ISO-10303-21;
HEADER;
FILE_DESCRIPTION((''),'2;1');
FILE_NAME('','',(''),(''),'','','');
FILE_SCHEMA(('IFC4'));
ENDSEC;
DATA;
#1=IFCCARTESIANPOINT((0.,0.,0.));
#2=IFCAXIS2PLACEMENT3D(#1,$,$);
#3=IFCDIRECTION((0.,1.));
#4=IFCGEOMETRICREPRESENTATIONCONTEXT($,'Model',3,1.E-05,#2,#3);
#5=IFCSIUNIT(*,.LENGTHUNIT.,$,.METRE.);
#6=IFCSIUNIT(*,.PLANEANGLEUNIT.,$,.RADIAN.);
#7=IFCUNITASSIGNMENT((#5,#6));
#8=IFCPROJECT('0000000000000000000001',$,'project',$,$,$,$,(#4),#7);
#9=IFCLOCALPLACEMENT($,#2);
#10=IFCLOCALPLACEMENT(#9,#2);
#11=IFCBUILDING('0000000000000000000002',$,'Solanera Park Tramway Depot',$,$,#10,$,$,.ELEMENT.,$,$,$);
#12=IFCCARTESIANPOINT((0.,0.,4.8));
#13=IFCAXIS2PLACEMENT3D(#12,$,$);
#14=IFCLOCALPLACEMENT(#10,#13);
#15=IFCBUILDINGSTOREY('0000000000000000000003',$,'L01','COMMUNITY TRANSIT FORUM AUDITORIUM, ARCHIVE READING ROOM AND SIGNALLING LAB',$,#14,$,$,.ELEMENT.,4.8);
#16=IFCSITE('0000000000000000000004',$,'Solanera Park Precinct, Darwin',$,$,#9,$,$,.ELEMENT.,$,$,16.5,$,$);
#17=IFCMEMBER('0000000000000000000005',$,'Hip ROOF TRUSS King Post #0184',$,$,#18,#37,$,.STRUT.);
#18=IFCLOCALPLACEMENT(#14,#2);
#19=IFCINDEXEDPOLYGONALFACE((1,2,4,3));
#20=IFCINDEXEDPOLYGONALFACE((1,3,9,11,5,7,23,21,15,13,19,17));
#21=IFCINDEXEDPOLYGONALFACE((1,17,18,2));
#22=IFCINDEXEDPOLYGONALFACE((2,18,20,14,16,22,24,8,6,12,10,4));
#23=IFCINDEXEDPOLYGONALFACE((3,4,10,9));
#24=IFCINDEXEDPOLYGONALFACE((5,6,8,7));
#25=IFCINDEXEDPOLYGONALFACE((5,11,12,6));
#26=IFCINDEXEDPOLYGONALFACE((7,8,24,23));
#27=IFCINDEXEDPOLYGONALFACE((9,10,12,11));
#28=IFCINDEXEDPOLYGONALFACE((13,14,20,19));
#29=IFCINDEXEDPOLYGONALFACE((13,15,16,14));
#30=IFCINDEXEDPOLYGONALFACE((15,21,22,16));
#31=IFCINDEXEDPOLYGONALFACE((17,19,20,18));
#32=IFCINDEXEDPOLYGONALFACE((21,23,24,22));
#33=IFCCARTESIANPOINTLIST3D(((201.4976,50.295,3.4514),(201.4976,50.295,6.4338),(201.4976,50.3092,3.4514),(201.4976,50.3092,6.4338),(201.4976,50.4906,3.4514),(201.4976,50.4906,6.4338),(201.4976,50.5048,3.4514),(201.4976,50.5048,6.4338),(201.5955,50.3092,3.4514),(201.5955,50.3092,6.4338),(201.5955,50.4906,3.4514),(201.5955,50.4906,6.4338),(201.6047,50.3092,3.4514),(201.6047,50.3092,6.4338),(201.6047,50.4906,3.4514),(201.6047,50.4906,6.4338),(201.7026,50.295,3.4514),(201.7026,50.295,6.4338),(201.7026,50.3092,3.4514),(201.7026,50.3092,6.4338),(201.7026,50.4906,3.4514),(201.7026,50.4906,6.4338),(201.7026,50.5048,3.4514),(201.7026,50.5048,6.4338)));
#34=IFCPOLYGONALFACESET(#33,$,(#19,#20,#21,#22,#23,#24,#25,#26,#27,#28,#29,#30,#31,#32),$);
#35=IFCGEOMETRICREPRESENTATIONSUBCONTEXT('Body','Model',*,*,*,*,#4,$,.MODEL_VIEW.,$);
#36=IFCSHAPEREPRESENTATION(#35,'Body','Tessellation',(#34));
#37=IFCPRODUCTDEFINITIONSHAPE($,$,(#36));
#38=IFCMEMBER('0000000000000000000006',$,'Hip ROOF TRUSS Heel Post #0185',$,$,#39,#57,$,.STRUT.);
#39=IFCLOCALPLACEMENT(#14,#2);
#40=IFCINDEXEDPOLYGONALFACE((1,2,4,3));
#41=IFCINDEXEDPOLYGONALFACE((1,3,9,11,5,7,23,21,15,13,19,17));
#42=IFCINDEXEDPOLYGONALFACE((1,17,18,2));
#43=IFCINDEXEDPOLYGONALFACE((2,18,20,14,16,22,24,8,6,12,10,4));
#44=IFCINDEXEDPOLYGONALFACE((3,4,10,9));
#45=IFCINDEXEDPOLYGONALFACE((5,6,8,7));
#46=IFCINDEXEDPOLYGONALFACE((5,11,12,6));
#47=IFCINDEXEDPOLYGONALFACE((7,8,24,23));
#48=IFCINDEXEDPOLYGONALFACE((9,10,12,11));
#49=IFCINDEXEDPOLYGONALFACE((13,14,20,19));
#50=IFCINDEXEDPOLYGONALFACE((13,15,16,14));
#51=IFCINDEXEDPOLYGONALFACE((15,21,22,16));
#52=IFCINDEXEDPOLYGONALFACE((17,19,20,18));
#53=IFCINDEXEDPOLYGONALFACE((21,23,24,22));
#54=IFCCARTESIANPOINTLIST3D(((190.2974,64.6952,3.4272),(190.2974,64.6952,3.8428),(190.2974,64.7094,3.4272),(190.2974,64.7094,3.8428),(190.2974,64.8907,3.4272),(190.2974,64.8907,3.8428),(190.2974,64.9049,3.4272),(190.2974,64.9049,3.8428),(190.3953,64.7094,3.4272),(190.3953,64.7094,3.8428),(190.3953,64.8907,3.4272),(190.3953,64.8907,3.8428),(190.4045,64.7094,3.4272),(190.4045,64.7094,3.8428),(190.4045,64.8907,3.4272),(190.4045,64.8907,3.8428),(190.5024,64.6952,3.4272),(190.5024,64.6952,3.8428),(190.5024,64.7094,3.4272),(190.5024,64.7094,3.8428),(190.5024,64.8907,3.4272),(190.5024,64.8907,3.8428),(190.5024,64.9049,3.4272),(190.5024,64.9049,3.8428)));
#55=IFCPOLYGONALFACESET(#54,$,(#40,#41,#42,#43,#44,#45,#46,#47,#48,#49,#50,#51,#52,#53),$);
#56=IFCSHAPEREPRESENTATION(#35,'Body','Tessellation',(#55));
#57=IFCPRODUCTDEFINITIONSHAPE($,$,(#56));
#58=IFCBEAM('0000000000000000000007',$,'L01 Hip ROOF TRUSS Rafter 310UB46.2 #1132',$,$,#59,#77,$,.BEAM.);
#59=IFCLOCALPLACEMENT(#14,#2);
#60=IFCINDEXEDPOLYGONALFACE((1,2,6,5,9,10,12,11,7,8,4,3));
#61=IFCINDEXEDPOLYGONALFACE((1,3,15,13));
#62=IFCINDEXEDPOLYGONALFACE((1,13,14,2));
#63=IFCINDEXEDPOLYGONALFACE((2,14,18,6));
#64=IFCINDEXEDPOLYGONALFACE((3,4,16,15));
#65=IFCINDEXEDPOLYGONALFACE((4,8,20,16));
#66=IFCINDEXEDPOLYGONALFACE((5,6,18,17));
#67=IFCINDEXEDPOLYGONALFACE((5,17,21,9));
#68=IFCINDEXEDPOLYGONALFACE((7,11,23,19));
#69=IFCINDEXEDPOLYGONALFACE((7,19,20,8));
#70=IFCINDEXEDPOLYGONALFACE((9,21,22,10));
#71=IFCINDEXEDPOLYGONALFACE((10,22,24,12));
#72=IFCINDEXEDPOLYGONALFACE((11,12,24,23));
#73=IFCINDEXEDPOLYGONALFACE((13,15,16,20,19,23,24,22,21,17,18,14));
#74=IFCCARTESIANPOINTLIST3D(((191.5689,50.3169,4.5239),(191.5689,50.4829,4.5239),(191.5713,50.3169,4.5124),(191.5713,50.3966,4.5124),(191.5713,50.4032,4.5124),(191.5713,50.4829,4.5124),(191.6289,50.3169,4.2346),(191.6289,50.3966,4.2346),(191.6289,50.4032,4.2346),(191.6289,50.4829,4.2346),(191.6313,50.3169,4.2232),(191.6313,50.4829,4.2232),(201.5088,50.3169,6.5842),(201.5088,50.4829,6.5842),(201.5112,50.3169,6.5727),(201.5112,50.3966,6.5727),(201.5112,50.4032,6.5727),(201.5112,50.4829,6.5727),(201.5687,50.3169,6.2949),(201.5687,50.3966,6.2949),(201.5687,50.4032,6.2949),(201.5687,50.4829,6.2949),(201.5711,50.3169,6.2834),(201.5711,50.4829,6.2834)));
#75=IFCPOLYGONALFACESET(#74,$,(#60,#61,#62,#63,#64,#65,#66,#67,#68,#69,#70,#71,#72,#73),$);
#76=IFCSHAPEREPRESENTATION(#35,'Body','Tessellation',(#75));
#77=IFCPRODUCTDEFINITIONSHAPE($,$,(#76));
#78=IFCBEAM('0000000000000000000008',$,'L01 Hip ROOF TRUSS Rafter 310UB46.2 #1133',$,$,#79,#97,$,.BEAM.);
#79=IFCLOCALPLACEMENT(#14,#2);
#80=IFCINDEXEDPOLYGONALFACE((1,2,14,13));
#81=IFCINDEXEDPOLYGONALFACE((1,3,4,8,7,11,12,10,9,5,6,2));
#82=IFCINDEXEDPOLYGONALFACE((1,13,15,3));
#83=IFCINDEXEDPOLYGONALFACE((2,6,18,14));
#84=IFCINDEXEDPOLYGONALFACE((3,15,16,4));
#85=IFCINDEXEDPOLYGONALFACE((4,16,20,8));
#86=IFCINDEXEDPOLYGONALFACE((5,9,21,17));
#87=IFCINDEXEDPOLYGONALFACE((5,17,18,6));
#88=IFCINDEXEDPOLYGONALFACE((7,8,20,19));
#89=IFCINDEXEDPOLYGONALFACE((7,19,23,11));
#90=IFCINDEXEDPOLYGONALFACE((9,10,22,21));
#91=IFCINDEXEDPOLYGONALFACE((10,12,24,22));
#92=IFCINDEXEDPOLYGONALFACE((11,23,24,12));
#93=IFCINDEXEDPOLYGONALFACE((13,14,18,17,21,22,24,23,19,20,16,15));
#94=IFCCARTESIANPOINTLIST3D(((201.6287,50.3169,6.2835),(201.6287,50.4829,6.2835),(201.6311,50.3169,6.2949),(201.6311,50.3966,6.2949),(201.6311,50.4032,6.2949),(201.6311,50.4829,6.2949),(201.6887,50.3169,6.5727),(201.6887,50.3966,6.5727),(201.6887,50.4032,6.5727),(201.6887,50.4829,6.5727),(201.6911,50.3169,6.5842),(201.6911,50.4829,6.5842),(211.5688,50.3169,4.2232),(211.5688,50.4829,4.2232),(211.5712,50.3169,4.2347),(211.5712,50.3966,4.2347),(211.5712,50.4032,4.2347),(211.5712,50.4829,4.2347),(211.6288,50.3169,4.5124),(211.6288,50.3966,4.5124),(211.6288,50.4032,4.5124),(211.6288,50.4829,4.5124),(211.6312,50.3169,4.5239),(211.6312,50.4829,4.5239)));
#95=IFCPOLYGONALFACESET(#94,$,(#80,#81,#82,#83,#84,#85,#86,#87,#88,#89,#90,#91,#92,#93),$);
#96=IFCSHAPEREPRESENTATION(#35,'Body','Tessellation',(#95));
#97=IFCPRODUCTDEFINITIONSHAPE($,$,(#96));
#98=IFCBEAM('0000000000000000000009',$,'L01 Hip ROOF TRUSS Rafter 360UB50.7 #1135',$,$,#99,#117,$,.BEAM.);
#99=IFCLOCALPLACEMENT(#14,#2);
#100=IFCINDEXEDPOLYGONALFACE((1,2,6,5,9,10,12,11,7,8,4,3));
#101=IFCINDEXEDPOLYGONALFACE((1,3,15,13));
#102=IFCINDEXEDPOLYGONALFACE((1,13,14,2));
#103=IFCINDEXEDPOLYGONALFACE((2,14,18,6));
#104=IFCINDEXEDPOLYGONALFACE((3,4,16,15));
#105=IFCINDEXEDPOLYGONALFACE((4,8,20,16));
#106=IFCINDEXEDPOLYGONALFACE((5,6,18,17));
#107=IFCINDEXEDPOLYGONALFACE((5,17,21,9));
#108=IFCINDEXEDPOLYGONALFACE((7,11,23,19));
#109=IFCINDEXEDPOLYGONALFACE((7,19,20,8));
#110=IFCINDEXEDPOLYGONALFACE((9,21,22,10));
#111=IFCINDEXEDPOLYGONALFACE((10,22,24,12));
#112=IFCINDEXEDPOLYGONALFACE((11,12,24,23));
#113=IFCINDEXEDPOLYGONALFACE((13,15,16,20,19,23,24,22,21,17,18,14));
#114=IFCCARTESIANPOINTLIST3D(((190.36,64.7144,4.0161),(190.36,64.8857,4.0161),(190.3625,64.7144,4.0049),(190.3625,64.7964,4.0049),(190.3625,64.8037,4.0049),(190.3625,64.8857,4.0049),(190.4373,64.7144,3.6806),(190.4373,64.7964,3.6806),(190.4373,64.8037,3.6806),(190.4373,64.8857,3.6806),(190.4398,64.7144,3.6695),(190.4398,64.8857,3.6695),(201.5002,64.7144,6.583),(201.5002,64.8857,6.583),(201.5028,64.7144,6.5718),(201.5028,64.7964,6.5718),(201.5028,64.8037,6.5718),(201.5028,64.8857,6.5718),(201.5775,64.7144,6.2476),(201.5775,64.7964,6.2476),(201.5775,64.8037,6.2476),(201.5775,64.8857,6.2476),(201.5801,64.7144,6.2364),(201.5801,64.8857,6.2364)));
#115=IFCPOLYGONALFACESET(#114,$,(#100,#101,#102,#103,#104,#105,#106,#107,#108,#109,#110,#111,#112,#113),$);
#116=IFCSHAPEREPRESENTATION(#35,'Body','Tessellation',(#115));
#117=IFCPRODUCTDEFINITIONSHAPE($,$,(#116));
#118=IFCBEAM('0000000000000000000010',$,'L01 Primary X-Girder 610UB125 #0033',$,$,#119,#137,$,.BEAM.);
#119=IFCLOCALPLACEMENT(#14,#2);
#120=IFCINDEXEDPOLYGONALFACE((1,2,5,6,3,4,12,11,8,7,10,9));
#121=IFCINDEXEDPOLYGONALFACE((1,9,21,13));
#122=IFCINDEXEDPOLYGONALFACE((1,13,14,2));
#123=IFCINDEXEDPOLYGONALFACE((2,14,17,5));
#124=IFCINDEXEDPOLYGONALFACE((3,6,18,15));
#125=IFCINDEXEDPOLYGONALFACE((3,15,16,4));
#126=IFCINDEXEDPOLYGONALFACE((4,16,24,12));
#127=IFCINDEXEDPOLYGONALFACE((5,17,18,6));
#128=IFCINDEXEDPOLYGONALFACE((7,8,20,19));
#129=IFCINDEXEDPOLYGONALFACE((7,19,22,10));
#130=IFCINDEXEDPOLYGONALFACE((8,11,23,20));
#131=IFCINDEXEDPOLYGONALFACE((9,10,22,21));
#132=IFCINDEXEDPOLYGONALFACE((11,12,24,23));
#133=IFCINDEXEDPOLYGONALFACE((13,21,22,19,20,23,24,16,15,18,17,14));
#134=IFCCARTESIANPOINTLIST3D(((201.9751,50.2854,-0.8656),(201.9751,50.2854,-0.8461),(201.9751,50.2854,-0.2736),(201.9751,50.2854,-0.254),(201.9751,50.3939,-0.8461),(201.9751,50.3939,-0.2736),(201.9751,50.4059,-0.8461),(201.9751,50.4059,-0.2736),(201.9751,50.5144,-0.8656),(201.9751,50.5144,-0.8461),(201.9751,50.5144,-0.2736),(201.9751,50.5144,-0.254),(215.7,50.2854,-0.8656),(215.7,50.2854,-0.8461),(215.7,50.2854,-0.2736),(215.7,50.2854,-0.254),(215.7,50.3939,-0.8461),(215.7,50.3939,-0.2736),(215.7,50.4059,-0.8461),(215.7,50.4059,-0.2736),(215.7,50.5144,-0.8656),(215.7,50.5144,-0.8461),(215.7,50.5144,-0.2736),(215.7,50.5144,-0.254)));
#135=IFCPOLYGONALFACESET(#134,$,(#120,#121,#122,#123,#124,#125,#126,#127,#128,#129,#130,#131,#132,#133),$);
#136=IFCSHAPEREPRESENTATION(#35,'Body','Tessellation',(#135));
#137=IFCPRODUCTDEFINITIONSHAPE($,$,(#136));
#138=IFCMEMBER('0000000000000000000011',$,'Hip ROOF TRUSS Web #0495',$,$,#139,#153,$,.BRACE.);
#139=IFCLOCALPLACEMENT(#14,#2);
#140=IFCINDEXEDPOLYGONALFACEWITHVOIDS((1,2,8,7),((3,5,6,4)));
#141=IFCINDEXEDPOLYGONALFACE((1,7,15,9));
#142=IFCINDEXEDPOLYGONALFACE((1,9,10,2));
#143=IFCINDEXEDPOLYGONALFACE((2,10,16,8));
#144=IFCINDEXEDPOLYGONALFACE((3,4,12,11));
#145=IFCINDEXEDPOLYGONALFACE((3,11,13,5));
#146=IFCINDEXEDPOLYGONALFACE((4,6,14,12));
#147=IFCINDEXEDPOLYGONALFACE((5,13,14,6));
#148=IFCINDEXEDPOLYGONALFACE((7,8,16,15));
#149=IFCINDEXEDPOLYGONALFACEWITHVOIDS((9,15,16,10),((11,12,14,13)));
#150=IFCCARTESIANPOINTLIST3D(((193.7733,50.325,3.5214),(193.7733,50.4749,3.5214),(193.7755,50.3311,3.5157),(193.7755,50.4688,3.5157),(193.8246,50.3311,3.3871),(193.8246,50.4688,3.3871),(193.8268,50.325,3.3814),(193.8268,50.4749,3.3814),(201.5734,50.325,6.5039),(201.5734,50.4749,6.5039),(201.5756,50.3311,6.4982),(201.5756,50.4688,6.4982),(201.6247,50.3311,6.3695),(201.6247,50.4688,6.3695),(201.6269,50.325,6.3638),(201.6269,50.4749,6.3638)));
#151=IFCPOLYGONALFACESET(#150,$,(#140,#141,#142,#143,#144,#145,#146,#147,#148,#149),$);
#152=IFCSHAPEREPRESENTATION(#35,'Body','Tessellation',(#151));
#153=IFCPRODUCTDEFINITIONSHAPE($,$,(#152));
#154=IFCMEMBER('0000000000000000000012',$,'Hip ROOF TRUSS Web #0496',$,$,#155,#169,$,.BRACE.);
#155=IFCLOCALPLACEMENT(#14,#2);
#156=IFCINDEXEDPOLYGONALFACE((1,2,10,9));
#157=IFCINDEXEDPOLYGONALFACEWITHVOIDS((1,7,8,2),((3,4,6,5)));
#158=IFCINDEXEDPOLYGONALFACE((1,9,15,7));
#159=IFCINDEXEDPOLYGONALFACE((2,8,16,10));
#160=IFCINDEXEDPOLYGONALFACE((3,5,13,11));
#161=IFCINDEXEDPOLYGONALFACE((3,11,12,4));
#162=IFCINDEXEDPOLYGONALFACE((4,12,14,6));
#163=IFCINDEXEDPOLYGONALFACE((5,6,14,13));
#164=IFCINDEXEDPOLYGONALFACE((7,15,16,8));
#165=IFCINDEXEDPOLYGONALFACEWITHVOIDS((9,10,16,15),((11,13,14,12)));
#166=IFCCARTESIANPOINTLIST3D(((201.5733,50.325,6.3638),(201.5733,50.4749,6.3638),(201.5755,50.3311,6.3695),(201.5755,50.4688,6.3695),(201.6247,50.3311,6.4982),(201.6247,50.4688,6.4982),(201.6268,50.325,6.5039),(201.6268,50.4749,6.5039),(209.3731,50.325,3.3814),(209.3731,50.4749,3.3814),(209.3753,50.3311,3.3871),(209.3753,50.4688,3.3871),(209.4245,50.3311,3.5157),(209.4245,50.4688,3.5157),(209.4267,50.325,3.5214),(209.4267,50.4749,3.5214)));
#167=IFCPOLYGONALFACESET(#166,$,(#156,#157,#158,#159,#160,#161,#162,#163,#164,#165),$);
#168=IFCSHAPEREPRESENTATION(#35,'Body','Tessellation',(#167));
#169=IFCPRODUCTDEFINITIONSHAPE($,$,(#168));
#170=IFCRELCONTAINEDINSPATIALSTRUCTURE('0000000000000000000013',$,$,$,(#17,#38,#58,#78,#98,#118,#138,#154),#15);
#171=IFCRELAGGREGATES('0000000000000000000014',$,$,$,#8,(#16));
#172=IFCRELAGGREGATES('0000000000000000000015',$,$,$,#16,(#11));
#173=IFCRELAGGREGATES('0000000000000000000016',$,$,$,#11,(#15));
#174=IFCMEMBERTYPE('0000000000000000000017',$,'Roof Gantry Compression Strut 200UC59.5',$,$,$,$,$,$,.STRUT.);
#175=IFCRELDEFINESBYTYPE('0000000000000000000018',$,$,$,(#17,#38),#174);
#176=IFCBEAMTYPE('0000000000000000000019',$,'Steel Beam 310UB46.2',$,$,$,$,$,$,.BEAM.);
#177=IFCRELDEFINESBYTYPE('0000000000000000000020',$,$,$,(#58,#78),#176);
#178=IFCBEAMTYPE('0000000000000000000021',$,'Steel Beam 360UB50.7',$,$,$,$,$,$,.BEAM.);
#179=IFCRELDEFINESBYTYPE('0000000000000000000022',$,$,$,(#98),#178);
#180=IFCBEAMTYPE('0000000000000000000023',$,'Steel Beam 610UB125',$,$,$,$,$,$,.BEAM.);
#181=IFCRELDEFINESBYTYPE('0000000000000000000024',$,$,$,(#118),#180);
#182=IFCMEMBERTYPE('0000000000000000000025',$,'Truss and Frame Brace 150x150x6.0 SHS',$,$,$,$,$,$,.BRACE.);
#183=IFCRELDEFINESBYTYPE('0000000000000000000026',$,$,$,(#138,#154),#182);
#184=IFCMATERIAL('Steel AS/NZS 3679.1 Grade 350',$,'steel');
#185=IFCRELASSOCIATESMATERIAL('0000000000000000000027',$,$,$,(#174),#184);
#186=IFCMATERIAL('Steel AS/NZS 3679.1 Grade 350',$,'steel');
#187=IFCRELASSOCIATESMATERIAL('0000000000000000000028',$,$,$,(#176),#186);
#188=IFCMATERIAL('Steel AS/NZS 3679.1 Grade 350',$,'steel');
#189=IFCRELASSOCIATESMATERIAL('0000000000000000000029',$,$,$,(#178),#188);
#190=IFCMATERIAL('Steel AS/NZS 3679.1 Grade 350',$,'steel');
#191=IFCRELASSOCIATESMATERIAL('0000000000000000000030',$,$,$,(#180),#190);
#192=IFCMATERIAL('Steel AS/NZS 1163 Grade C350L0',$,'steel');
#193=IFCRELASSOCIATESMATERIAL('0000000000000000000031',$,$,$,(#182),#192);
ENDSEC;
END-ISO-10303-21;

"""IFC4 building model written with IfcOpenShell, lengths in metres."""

from ifc_helpers import new_model, si_unit, direction, frame, origin, origin_2d, place, context, subcontext, project, spatial, hollow_rectangle, i_section, extrude, material, material_profile, profile_set, type_object, element, save


model = new_model("IFC4")

# Units and contexts
model_context = context("Model", 3, precision=1e-05, world=origin(), true_north=direction((0.0, 1.0)))
body_context = subcontext(model_context, "Body", "Model", "MODEL_VIEW")
ifc_project = project(units=[si_unit("LENGTHUNIT", "METRE"), si_unit("PLANEANGLEUNIT", "RADIAN")], contexts=[model_context])

# Site, building, storey
site_placement = place(None, origin())
site = spatial("IfcSite", under=ifc_project, at=site_placement, Name="Solanera Park Precinct, Darwin", CompositionType="ELEMENT", RefElevation=16.5)
building_placement = place(site_placement, origin())
building = spatial("IfcBuilding", under=site, at=building_placement, Name="Solanera Park Tramway Depot", CompositionType="ELEMENT")
storey_placement = place(building_placement, frame((0.0, 0.0, 4.8)))
storey = spatial("IfcBuildingStorey", under=building, at=storey_placement, Name="L01", Description="COMMUNITY TRANSIT FORUM AUDITORIUM, ARCHIVE READING ROOM AND SIGNALLING LAB", CompositionType="ELEMENT", Elevation=4.8)

# Members
ifc_material_1 = material(Name="Steel AS/NZS 3679.1 Grade 350", Category="steel")
ifc_material_profile_1 = material_profile(ifc_material_1, i_section(OverallWidth=0.2051, OverallDepth=0.2097, WebThickness=0.0093, FlangeThickness=0.0142, at=origin_2d()), Name="200UC59.5")
ifc_profile_set_1 = profile_set([ifc_material_profile_1], Name="Steel AS/NZS 3679.1 Grade 350")
member_type_1 = type_object("IfcMemberType", Name="Roof Gantry Compression Strut 200UC59.5", PredefinedType="STRUT", material=ifc_profile_set_1)
member_1_placement = place(storey_placement, frame((201.6001, 50.3999, 3.4514), z_axis=(0.0, 0.0, 1.0), x_axis=(1.0, 0.0, 0.0)))
element("IfcMember", 1, at=member_1_placement, inside=storey, type_object=member_type_1, Name="Hip ROOF TRUSS King Post #0184", PredefinedType="STRUT", context=body_context, shape_type="SweptSolid", body=[
    extrude(i_section(OverallWidth=0.2051, OverallDepth=0.2097, WebThickness=0.0093, FlangeThickness=0.0142, at=origin_2d()), origin(), (0.0, 0.0, 1.0), 2.9824),
])
member_2_placement = place(storey_placement, frame((190.3999, 64.8, 3.4272), z_axis=(0.0, 0.0, 1.0), x_axis=(1.0, 0.0, 0.0)))
element("IfcMember", 2, at=member_2_placement, inside=storey, type_object=member_type_1, Name="Hip ROOF TRUSS Heel Post #0185", PredefinedType="STRUT", context=body_context, shape_type="SweptSolid", body=[
    extrude(i_section(OverallWidth=0.2051, OverallDepth=0.2097, WebThickness=0.0093, FlangeThickness=0.0142, at=origin_2d()), origin(), (0.0, 0.0, 1.0), 0.4155),
])

# Beams
ifc_material_2 = material(Name="Steel AS/NZS 3679.1 Grade 350", Category="steel")
ifc_material_profile_2 = material_profile(ifc_material_2, i_section(OverallWidth=0.166, OverallDepth=0.3071, WebThickness=0.0066, FlangeThickness=0.0117, at=origin_2d()), Name="310UB46.2")
ifc_profile_set_2 = profile_set([ifc_material_profile_2], Name="Steel AS/NZS 3679.1 Grade 350")
beam_type_1 = type_object("IfcBeamType", Name="Steel Beam 310UB46.2", PredefinedType="BEAM", material=ifc_profile_set_2)
beam_1_placement = place(storey_placement, frame((191.6001, 50.3999, 4.3735), z_axis=(0.979187, 0.0, 0.202961), x_axis=(0.0, 1.0, 0.0)))
element("IfcBeam", 3, at=beam_1_placement, inside=storey, type_object=beam_type_1, Name="L01 Hip ROOF TRUSS Rafter 310UB46.2 #1132", PredefinedType="BEAM", context=body_context, shape_type="SweptSolid", body=[
    extrude(i_section(OverallWidth=0.166, OverallDepth=0.3071, WebThickness=0.0066, FlangeThickness=0.0117, at=origin_2d()), origin(), (0.0, 0.0, 1.0), 10.1511),
])
beam_2_placement = place(storey_placement, frame((201.6599, 50.3999, 6.4338), z_axis=(0.979188, 0.0, -0.202956), x_axis=(0.0, 1.0, 0.0)))
element("IfcBeam", 4, at=beam_2_placement, inside=storey, type_object=beam_type_1, Name="L01 Hip ROOF TRUSS Rafter 310UB46.2 #1133", PredefinedType="BEAM", context=body_context, shape_type="SweptSolid", body=[
    extrude(i_section(OverallWidth=0.166, OverallDepth=0.3071, WebThickness=0.0066, FlangeThickness=0.0117, at=origin_2d()), origin(), (0.0, 0.0, 1.0), 10.1514),
])
ifc_material_3 = material(Name="Steel AS/NZS 3679.1 Grade 350", Category="steel")
ifc_material_profile_3 = material_profile(ifc_material_3, i_section(OverallWidth=0.1714, OverallDepth=0.3557, WebThickness=0.0073, FlangeThickness=0.0115, at=origin_2d()), Name="360UB50.7")
ifc_profile_set_3 = profile_set([ifc_material_profile_3], Name="Steel AS/NZS 3679.1 Grade 350")
beam_type_2 = type_object("IfcBeamType", Name="Steel Beam 360UB50.7", PredefinedType="BEAM", material=ifc_profile_set_3)
beam_3_placement = place(storey_placement, frame((190.3999, 64.8, 3.8428), z_axis=(0.974466, 0.0, 0.224535), x_axis=(0.0, 1.0, 0.0)))
element("IfcBeam", 5, at=beam_3_placement, inside=storey, type_object=beam_type_2, Name="L01 Hip ROOF TRUSS Rafter 360UB50.7 #1135", PredefinedType="BEAM", context=body_context, shape_type="SweptSolid", body=[
    extrude(i_section(OverallWidth=0.1714, OverallDepth=0.3557, WebThickness=0.0073, FlangeThickness=0.0115, at=origin_2d()), origin(), (0.0, 0.0, 1.0), 11.4321),
])
ifc_material_4 = material(Name="Steel AS/NZS 3679.1 Grade 350", Category="steel")
ifc_material_profile_4 = material_profile(ifc_material_4, i_section(OverallWidth=0.229, OverallDepth=0.6116, WebThickness=0.012, FlangeThickness=0.0195, at=origin_2d()), Name="610UB125")
ifc_profile_set_4 = profile_set([ifc_material_profile_4], Name="Steel AS/NZS 3679.1 Grade 350")
beam_type_3 = type_object("IfcBeamType", Name="Steel Beam 610UB125", PredefinedType="BEAM", material=ifc_profile_set_4)
beam_4_placement = place(storey_placement, frame((201.9751, 50.3999, -0.5598), z_axis=(1.0, 0.0, 0.0), x_axis=(0.0, 1.0, 0.0)))
element("IfcBeam", 6, at=beam_4_placement, inside=storey, type_object=beam_type_3, Name="L01 Primary X-Girder 610UB125 #0033", PredefinedType="BEAM", context=body_context, shape_type="SweptSolid", body=[
    extrude(i_section(OverallWidth=0.229, OverallDepth=0.6116, WebThickness=0.012, FlangeThickness=0.0195, at=origin_2d()), origin(), (0.0, 0.0, 1.0), 13.7249),
])

# Members
ifc_material_5 = material(Name="Steel AS/NZS 1163 Grade C350L0", Category="steel")
ifc_material_profile_5 = material_profile(ifc_material_5, hollow_rectangle(XDim=0.1499, YDim=0.1499, WallThickness=0.0061, at=origin_2d()), Name="150x150x6.0 SHS")
ifc_profile_set_5 = profile_set([ifc_material_profile_5], Name="Steel AS/NZS 1163 Grade C350L0")
member_type_2 = type_object("IfcMemberType", Name="Truss and Frame Brace 150x150x6.0 SHS", PredefinedType="BRACE", material=ifc_profile_set_5)
member_3_placement = place(storey_placement, frame((193.8, 50.3999, 3.4514), z_axis=(0.93405, 0.0, 0.357143), x_axis=(0.0, 1.0, 0.0)))
element("IfcMember", 7, at=member_3_placement, inside=storey, type_object=member_type_2, Name="Hip ROOF TRUSS Web #0495", PredefinedType="BRACE", context=body_context, shape_type="SweptSolid", body=[
    extrude(hollow_rectangle(XDim=0.1499, YDim=0.1499, WallThickness=0.0061, at=origin_2d()), origin(), (0.0, 0.0, 1.0), 8.3508),
])
member_4_placement = place(storey_placement, frame((209.3999, 50.3999, 3.4514), z_axis=(-0.934046, 0.0, 0.357152), x_axis=(0.0, -1.0, 0.0)))
element("IfcMember", 8, at=member_4_placement, inside=storey, type_object=member_type_2, Name="Hip ROOF TRUSS Web #0496", PredefinedType="BRACE", context=body_context, shape_type="SweptSolid", body=[
    extrude(hollow_rectangle(XDim=0.1499, YDim=0.1499, WallThickness=0.0061, at=origin_2d()), origin(), (0.0, 0.0, 1.0), 8.3506),
])

save(model, "model.ifc")
